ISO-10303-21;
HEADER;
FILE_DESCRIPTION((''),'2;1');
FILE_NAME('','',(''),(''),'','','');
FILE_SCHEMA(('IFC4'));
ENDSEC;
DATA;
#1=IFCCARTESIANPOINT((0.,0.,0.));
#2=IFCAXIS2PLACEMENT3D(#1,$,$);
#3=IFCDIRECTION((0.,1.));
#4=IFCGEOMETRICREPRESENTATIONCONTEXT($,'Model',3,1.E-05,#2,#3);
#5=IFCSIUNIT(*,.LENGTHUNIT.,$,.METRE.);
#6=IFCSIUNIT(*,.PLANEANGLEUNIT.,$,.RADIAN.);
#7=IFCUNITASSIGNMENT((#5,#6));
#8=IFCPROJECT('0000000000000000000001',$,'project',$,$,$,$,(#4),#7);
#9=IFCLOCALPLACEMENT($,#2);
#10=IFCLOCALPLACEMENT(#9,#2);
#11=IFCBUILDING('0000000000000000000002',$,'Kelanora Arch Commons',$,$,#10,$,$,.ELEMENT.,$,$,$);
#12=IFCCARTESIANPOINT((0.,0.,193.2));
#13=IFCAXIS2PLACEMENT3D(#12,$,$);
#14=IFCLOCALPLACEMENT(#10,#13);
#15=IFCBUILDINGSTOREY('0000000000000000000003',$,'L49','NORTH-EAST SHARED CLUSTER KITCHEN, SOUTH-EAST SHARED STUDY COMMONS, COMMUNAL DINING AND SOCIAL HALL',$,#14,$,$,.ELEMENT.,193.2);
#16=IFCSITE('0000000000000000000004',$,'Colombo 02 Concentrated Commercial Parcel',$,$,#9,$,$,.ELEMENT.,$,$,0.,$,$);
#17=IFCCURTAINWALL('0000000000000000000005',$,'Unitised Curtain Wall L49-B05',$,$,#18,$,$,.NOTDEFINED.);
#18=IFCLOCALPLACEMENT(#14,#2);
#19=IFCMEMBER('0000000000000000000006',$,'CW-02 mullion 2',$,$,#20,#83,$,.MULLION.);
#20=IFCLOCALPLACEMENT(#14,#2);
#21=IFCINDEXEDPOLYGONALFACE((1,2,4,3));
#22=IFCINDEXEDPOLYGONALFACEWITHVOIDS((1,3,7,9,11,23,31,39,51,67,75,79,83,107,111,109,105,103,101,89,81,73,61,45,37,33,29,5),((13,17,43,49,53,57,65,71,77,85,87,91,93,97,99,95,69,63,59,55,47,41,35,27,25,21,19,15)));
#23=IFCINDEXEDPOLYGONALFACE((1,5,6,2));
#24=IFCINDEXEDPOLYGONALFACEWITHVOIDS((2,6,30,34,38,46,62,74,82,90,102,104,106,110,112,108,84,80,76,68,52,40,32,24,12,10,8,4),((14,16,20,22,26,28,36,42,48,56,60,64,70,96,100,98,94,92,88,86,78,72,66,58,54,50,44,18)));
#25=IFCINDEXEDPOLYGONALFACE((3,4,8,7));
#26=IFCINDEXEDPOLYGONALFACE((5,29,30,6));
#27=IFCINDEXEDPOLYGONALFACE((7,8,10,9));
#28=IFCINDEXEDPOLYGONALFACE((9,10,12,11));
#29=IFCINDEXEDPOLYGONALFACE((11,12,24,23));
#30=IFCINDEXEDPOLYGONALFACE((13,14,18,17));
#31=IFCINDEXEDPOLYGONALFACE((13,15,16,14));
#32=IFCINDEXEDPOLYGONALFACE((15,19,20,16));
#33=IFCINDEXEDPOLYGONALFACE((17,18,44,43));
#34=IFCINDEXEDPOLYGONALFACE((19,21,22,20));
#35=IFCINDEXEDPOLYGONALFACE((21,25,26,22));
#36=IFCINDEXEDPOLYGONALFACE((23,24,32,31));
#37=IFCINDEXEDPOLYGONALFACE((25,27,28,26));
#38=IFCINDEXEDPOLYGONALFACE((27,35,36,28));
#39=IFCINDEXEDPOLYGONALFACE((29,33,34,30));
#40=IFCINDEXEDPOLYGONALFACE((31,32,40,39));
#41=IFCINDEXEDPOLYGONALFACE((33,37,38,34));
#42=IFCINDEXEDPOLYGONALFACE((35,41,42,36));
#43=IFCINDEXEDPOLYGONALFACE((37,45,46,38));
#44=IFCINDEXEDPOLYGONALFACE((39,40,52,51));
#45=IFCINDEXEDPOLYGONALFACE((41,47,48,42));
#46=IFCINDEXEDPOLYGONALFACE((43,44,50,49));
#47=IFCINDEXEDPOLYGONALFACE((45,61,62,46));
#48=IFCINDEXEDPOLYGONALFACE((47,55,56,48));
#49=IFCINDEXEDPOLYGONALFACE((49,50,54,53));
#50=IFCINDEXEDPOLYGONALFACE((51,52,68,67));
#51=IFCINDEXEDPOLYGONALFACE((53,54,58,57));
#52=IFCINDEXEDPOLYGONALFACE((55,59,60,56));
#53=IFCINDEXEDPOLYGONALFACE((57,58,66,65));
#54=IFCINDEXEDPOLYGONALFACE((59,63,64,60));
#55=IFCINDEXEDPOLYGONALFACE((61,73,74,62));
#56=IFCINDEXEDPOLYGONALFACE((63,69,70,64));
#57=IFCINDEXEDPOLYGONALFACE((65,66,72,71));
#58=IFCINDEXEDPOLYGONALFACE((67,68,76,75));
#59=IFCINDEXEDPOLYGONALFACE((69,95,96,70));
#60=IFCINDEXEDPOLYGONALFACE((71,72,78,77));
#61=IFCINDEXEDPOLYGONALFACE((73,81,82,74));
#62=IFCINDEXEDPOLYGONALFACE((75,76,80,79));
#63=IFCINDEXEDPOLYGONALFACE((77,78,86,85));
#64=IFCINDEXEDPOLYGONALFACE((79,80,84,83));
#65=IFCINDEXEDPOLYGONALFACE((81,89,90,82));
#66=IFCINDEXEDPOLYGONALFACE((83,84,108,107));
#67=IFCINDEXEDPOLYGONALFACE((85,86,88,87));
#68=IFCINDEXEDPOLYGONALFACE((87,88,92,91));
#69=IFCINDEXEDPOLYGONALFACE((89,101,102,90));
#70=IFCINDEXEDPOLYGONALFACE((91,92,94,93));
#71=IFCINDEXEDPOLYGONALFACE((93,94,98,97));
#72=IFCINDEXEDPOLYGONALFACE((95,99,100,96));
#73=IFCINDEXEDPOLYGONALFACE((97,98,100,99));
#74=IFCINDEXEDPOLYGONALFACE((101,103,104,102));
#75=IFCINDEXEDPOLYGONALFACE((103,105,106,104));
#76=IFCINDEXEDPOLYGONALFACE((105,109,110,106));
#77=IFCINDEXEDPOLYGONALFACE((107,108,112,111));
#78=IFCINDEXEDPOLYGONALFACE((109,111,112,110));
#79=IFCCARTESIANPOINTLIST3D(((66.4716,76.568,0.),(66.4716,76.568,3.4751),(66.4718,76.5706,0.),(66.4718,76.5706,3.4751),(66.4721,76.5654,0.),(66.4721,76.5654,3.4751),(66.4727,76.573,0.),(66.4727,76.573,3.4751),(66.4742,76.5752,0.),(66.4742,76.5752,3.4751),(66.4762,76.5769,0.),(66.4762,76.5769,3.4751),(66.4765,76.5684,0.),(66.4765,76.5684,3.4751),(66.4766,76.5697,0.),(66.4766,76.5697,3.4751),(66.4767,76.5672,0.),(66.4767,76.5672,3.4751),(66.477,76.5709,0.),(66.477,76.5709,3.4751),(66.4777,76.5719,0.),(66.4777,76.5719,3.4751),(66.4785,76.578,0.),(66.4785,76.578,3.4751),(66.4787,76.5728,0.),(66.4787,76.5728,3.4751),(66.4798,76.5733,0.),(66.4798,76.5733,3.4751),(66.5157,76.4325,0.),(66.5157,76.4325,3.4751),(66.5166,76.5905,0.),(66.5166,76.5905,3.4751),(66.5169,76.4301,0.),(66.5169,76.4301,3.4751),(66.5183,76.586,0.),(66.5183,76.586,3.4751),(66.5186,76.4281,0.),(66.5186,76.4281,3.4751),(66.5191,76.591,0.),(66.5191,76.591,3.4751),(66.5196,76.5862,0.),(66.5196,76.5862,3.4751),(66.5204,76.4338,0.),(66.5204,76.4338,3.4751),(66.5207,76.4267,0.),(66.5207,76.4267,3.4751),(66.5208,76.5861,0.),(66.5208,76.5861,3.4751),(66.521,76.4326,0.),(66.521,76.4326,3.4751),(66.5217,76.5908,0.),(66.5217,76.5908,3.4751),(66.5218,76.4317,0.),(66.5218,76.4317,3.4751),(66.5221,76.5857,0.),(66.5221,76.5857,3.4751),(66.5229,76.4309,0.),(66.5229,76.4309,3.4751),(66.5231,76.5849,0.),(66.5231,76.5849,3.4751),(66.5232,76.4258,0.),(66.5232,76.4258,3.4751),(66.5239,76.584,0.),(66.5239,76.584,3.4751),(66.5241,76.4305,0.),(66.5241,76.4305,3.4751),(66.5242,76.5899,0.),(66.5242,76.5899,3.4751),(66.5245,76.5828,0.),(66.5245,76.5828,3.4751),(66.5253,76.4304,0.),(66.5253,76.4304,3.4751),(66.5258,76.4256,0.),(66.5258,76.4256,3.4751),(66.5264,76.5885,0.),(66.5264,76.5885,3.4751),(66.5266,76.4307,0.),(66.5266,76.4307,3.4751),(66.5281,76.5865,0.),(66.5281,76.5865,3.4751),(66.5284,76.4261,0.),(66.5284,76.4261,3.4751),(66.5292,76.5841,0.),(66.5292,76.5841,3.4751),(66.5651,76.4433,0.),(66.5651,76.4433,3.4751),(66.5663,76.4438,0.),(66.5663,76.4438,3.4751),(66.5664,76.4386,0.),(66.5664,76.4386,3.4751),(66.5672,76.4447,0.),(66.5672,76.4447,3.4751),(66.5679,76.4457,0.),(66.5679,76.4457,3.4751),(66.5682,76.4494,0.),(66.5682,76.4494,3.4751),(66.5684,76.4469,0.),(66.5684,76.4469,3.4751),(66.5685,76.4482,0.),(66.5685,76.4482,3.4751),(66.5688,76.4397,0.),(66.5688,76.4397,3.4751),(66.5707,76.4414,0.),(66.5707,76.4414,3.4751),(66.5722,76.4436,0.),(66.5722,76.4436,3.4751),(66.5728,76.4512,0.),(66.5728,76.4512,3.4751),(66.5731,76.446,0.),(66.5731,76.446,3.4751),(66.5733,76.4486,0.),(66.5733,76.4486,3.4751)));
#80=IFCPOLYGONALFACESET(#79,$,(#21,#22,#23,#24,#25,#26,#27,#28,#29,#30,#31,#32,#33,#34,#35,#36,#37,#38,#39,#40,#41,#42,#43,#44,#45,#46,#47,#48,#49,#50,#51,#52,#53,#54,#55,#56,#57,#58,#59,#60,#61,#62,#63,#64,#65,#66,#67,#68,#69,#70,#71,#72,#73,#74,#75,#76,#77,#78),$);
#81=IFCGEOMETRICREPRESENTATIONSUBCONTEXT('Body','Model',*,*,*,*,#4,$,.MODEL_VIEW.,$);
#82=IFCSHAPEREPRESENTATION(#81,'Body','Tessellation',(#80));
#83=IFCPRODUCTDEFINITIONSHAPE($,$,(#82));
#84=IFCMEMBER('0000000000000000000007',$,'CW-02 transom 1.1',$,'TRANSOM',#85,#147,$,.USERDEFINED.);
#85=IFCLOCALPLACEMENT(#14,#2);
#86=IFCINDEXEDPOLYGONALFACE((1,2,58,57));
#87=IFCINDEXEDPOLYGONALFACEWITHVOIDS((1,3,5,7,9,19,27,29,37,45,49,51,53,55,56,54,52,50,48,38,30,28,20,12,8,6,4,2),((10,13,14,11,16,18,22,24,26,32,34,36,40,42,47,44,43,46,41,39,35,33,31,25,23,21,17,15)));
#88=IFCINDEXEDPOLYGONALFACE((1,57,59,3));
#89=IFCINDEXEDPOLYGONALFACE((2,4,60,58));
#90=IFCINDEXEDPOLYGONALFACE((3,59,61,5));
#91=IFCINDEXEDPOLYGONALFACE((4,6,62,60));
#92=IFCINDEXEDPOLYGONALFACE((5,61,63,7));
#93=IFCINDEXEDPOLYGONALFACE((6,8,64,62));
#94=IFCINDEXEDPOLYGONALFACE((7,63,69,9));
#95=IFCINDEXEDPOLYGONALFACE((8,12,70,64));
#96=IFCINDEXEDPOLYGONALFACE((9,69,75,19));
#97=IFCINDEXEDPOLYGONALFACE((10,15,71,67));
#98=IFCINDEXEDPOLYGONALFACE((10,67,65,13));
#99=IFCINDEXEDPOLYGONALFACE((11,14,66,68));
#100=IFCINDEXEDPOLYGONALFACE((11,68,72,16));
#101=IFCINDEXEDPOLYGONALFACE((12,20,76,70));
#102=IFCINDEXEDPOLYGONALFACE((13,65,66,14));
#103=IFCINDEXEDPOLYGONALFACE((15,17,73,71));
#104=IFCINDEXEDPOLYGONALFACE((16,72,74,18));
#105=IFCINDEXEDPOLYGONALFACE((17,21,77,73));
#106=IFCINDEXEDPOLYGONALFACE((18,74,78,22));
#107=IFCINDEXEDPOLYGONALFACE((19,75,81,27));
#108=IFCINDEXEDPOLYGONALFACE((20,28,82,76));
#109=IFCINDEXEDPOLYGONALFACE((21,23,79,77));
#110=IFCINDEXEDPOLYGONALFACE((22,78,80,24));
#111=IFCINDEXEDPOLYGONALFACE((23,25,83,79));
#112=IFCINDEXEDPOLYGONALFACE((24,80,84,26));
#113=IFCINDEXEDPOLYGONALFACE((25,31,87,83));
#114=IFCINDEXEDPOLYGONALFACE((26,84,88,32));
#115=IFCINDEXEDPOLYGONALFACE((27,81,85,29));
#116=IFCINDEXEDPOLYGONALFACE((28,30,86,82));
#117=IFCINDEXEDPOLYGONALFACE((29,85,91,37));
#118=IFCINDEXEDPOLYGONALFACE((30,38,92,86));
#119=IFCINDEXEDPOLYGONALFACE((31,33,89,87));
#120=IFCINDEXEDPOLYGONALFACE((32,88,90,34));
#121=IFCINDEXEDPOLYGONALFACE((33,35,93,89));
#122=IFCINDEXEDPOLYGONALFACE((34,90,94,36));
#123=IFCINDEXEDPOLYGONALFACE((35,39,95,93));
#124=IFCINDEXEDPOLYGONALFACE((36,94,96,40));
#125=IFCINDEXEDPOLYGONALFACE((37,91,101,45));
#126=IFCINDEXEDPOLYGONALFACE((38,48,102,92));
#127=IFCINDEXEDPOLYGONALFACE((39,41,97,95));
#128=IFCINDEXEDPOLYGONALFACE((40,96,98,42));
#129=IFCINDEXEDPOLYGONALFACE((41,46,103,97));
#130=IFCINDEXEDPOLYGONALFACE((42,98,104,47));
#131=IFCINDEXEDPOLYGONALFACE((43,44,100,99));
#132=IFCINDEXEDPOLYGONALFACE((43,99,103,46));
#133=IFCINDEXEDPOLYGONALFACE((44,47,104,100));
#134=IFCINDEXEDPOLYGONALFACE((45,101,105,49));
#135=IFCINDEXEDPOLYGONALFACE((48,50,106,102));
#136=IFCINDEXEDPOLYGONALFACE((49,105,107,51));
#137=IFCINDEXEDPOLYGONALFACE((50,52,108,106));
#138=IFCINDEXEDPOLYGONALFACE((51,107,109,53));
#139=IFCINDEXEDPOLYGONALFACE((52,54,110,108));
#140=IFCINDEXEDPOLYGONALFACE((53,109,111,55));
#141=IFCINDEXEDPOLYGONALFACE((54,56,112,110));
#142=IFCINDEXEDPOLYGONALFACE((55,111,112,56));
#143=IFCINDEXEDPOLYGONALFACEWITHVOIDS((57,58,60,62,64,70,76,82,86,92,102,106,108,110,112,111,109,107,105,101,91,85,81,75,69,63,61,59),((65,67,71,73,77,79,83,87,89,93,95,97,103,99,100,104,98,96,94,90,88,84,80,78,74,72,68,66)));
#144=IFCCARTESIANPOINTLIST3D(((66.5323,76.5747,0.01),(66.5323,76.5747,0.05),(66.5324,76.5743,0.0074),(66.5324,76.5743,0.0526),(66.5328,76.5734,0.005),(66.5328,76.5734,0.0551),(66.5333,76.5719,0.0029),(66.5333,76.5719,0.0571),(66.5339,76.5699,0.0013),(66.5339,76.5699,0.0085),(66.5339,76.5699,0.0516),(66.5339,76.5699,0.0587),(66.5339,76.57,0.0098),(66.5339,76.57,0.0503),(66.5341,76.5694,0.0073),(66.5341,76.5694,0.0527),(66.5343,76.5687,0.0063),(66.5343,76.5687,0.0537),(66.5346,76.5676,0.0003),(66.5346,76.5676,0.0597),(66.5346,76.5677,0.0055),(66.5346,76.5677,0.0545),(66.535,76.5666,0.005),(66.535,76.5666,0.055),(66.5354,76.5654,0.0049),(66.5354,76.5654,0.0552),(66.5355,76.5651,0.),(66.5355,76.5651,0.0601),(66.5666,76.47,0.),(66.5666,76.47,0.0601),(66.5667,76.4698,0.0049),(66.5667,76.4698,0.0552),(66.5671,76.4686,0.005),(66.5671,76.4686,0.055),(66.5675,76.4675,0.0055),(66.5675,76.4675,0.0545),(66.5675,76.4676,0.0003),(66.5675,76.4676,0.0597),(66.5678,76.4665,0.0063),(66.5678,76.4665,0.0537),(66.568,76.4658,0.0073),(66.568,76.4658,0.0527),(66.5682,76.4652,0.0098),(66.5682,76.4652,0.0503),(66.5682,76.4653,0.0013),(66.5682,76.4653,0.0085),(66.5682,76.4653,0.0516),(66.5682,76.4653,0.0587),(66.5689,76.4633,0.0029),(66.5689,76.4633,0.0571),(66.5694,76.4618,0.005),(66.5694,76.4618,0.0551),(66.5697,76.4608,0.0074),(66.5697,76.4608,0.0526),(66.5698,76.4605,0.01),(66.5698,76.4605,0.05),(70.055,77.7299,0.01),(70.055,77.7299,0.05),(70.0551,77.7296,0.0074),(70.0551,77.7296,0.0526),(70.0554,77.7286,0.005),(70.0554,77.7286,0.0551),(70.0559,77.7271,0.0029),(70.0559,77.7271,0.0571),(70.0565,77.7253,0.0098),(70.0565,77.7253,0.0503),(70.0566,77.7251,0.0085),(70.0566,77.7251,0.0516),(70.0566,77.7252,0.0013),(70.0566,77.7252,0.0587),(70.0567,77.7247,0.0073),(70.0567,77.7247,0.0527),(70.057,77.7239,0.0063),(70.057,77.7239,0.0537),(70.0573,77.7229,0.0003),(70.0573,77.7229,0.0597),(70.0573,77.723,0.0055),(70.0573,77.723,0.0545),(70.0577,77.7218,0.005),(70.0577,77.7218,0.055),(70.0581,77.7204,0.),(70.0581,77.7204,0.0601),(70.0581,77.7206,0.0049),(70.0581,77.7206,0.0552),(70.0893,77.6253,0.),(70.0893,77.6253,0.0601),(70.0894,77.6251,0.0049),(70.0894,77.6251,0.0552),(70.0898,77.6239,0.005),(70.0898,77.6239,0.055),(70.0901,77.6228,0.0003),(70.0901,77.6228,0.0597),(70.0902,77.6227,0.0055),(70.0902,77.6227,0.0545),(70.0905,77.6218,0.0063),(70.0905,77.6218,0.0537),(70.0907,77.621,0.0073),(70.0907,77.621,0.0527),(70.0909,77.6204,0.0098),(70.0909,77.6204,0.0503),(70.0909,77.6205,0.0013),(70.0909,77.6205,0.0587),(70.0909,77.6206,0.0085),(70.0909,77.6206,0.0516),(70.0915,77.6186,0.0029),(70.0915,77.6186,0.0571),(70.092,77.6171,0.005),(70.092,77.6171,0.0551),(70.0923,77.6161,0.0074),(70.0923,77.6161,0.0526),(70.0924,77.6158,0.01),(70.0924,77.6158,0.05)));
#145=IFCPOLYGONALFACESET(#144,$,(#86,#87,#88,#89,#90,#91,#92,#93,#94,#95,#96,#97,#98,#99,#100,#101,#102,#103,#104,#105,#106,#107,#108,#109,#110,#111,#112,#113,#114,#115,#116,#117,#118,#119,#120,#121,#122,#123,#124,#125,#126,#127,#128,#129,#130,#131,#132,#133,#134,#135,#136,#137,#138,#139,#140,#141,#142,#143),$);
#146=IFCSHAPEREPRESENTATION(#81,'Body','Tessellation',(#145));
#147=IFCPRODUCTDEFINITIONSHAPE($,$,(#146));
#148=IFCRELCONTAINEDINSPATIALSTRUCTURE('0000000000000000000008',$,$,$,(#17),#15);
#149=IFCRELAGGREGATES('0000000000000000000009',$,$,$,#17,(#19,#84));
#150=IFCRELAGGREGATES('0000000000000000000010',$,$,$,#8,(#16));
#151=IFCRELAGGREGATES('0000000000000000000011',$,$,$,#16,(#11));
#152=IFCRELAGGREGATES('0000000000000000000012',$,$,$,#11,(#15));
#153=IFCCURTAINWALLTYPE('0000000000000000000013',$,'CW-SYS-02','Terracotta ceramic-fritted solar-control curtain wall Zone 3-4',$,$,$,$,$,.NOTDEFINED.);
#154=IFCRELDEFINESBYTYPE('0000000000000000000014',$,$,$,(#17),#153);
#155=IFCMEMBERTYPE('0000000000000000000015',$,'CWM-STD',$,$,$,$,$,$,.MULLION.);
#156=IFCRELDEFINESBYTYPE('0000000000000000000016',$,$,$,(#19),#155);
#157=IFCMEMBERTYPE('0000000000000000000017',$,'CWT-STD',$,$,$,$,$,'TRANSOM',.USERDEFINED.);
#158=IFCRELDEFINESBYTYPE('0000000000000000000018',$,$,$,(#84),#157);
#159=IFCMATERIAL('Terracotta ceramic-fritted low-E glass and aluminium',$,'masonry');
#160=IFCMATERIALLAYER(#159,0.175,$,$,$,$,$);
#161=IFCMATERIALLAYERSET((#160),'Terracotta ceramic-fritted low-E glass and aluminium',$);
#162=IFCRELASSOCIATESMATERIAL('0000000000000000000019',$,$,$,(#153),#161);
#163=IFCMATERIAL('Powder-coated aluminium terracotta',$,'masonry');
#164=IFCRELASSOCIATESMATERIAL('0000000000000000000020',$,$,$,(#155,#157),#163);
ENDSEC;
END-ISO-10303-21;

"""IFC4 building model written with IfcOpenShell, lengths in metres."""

from ifc_helpers import new_model, si_unit, direction, frame, origin, origin_2d, place, context, subcontext, project, spatial, hollow_rectangle, extrude, material, layer, layer_set, material_profile, profile_set, type_object, element, aggregate, save


model = new_model("IFC4")

# Units and contexts
model_context = context("Model", 3, precision=1e-05, world=origin(), true_north=direction((0.0, 1.0)))
body_context = subcontext(model_context, "Body", "Model", "MODEL_VIEW")
ifc_project = project(units=[si_unit("LENGTHUNIT", "METRE"), si_unit("PLANEANGLEUNIT", "RADIAN")], contexts=[model_context])

# Site, building, storey
site_placement = place(None, origin())
site = spatial("IfcSite", under=ifc_project, at=site_placement, Name="Colombo 02 Concentrated Commercial Parcel", CompositionType="ELEMENT", RefElevation=0.0)
building_placement = place(site_placement, origin())
building = spatial("IfcBuilding", under=site, at=building_placement, Name="Kelanora Arch Commons", CompositionType="ELEMENT")
storey_placement = place(building_placement, frame((0.0, 0.0, 193.2)))
storey = spatial("IfcBuildingStorey", under=building, at=storey_placement, Name="L49", Description="NORTH-EAST SHARED CLUSTER KITCHEN, SOUTH-EAST SHARED STUDY COMMONS, COMMUNAL DINING AND SOCIAL HALL", CompositionType="ELEMENT", Elevation=193.2)

# Curtain wall, members
ifc_material_1 = material(Name="Terracotta ceramic-fritted low-E glass and aluminium", Category="masonry")
ifc_layer_1 = layer(ifc_material_1, 0.175)
ifc_layer_set_1 = layer_set([ifc_layer_1], Name="Terracotta ceramic-fritted low-E glass and aluminium")
curtain_wall_type = type_object("IfcCurtainWallType", Name="CW-SYS-02", Description="Terracotta ceramic-fritted solar-control curtain wall Zone 3-4", PredefinedType="NOTDEFINED", material=ifc_layer_set_1)
curtain_wall_placement = place(storey_placement, origin())
curtain_wall = element("IfcCurtainWall", 1, at=curtain_wall_placement, inside=storey, type_object=curtain_wall_type, Name="Unitised Curtain Wall L49-B05", PredefinedType="NOTDEFINED")
ifc_material_2 = material(Name="Powder-coated aluminium terracotta", Category="masonry")
ifc_material_profile_1 = material_profile(ifc_material_2, hollow_rectangle(XDim=0.1599, YDim=0.0601, WallThickness=0.0049, InnerFilletRadius=0.0049, OuterFilletRadius=0.01, at=origin_2d()), Name="CWM160x60")
ifc_profile_set_1 = profile_set([ifc_material_profile_1], Name="Powder-coated aluminium terracotta")
member_type_1 = type_object("IfcMemberType", Name="CWM-STD", PredefinedType="MULLION", material=ifc_profile_set_1)
member_1_placement = place(storey_placement, frame((66.5225, 76.5083, 0.0), z_axis=(0.0, 0.0, 1.0), x_axis=(0.311582, -0.950219, 0.0)))
member_1 = element("IfcMember", 2, at=member_1_placement, type_object=member_type_1, Name="CW-02 mullion 2", PredefinedType="MULLION", context=body_context, shape_type="SweptSolid", body=[
    extrude(hollow_rectangle(XDim=0.1599, YDim=0.0601, WallThickness=0.0049, InnerFilletRadius=0.0049, OuterFilletRadius=0.01, at=origin_2d()), origin(), (0.0, 0.0, 1.0), 3.4751),
])
ifc_material_profile_2 = material_profile(ifc_material_2, hollow_rectangle(XDim=0.1201, YDim=0.0601, WallThickness=0.0049, InnerFilletRadius=0.0049, OuterFilletRadius=0.01, at=origin_2d()), Name="CWT120x60")
ifc_profile_set_2 = profile_set([ifc_material_profile_2], Name="Powder-coated aluminium terracotta")
member_type_2 = type_object("IfcMemberType", Name="CWT-STD", ElementType="TRANSOM", PredefinedType="USERDEFINED", material=ifc_profile_set_2)
member_2_placement = place(storey_placement, frame((70.0737, 77.6729, 0.03), z_axis=(-0.950207, -0.311621, 0.0), x_axis=(0.311621, -0.950207, 0.0)))
member_2 = element("IfcMember", 3, at=member_2_placement, type_object=member_type_2, Name="CW-02 transom 1.1", ObjectType="TRANSOM", PredefinedType="USERDEFINED", context=body_context, shape_type="SweptSolid", body=[
    extrude(hollow_rectangle(XDim=0.1201, YDim=0.0601, WallThickness=0.0049, InnerFilletRadius=0.0049, OuterFilletRadius=0.01, at=origin_2d()), origin(), (0.0, 0.0, 1.0), 3.7073),
])
aggregate(curtain_wall, [member_1, member_2])

save(model, "model.ifc")
